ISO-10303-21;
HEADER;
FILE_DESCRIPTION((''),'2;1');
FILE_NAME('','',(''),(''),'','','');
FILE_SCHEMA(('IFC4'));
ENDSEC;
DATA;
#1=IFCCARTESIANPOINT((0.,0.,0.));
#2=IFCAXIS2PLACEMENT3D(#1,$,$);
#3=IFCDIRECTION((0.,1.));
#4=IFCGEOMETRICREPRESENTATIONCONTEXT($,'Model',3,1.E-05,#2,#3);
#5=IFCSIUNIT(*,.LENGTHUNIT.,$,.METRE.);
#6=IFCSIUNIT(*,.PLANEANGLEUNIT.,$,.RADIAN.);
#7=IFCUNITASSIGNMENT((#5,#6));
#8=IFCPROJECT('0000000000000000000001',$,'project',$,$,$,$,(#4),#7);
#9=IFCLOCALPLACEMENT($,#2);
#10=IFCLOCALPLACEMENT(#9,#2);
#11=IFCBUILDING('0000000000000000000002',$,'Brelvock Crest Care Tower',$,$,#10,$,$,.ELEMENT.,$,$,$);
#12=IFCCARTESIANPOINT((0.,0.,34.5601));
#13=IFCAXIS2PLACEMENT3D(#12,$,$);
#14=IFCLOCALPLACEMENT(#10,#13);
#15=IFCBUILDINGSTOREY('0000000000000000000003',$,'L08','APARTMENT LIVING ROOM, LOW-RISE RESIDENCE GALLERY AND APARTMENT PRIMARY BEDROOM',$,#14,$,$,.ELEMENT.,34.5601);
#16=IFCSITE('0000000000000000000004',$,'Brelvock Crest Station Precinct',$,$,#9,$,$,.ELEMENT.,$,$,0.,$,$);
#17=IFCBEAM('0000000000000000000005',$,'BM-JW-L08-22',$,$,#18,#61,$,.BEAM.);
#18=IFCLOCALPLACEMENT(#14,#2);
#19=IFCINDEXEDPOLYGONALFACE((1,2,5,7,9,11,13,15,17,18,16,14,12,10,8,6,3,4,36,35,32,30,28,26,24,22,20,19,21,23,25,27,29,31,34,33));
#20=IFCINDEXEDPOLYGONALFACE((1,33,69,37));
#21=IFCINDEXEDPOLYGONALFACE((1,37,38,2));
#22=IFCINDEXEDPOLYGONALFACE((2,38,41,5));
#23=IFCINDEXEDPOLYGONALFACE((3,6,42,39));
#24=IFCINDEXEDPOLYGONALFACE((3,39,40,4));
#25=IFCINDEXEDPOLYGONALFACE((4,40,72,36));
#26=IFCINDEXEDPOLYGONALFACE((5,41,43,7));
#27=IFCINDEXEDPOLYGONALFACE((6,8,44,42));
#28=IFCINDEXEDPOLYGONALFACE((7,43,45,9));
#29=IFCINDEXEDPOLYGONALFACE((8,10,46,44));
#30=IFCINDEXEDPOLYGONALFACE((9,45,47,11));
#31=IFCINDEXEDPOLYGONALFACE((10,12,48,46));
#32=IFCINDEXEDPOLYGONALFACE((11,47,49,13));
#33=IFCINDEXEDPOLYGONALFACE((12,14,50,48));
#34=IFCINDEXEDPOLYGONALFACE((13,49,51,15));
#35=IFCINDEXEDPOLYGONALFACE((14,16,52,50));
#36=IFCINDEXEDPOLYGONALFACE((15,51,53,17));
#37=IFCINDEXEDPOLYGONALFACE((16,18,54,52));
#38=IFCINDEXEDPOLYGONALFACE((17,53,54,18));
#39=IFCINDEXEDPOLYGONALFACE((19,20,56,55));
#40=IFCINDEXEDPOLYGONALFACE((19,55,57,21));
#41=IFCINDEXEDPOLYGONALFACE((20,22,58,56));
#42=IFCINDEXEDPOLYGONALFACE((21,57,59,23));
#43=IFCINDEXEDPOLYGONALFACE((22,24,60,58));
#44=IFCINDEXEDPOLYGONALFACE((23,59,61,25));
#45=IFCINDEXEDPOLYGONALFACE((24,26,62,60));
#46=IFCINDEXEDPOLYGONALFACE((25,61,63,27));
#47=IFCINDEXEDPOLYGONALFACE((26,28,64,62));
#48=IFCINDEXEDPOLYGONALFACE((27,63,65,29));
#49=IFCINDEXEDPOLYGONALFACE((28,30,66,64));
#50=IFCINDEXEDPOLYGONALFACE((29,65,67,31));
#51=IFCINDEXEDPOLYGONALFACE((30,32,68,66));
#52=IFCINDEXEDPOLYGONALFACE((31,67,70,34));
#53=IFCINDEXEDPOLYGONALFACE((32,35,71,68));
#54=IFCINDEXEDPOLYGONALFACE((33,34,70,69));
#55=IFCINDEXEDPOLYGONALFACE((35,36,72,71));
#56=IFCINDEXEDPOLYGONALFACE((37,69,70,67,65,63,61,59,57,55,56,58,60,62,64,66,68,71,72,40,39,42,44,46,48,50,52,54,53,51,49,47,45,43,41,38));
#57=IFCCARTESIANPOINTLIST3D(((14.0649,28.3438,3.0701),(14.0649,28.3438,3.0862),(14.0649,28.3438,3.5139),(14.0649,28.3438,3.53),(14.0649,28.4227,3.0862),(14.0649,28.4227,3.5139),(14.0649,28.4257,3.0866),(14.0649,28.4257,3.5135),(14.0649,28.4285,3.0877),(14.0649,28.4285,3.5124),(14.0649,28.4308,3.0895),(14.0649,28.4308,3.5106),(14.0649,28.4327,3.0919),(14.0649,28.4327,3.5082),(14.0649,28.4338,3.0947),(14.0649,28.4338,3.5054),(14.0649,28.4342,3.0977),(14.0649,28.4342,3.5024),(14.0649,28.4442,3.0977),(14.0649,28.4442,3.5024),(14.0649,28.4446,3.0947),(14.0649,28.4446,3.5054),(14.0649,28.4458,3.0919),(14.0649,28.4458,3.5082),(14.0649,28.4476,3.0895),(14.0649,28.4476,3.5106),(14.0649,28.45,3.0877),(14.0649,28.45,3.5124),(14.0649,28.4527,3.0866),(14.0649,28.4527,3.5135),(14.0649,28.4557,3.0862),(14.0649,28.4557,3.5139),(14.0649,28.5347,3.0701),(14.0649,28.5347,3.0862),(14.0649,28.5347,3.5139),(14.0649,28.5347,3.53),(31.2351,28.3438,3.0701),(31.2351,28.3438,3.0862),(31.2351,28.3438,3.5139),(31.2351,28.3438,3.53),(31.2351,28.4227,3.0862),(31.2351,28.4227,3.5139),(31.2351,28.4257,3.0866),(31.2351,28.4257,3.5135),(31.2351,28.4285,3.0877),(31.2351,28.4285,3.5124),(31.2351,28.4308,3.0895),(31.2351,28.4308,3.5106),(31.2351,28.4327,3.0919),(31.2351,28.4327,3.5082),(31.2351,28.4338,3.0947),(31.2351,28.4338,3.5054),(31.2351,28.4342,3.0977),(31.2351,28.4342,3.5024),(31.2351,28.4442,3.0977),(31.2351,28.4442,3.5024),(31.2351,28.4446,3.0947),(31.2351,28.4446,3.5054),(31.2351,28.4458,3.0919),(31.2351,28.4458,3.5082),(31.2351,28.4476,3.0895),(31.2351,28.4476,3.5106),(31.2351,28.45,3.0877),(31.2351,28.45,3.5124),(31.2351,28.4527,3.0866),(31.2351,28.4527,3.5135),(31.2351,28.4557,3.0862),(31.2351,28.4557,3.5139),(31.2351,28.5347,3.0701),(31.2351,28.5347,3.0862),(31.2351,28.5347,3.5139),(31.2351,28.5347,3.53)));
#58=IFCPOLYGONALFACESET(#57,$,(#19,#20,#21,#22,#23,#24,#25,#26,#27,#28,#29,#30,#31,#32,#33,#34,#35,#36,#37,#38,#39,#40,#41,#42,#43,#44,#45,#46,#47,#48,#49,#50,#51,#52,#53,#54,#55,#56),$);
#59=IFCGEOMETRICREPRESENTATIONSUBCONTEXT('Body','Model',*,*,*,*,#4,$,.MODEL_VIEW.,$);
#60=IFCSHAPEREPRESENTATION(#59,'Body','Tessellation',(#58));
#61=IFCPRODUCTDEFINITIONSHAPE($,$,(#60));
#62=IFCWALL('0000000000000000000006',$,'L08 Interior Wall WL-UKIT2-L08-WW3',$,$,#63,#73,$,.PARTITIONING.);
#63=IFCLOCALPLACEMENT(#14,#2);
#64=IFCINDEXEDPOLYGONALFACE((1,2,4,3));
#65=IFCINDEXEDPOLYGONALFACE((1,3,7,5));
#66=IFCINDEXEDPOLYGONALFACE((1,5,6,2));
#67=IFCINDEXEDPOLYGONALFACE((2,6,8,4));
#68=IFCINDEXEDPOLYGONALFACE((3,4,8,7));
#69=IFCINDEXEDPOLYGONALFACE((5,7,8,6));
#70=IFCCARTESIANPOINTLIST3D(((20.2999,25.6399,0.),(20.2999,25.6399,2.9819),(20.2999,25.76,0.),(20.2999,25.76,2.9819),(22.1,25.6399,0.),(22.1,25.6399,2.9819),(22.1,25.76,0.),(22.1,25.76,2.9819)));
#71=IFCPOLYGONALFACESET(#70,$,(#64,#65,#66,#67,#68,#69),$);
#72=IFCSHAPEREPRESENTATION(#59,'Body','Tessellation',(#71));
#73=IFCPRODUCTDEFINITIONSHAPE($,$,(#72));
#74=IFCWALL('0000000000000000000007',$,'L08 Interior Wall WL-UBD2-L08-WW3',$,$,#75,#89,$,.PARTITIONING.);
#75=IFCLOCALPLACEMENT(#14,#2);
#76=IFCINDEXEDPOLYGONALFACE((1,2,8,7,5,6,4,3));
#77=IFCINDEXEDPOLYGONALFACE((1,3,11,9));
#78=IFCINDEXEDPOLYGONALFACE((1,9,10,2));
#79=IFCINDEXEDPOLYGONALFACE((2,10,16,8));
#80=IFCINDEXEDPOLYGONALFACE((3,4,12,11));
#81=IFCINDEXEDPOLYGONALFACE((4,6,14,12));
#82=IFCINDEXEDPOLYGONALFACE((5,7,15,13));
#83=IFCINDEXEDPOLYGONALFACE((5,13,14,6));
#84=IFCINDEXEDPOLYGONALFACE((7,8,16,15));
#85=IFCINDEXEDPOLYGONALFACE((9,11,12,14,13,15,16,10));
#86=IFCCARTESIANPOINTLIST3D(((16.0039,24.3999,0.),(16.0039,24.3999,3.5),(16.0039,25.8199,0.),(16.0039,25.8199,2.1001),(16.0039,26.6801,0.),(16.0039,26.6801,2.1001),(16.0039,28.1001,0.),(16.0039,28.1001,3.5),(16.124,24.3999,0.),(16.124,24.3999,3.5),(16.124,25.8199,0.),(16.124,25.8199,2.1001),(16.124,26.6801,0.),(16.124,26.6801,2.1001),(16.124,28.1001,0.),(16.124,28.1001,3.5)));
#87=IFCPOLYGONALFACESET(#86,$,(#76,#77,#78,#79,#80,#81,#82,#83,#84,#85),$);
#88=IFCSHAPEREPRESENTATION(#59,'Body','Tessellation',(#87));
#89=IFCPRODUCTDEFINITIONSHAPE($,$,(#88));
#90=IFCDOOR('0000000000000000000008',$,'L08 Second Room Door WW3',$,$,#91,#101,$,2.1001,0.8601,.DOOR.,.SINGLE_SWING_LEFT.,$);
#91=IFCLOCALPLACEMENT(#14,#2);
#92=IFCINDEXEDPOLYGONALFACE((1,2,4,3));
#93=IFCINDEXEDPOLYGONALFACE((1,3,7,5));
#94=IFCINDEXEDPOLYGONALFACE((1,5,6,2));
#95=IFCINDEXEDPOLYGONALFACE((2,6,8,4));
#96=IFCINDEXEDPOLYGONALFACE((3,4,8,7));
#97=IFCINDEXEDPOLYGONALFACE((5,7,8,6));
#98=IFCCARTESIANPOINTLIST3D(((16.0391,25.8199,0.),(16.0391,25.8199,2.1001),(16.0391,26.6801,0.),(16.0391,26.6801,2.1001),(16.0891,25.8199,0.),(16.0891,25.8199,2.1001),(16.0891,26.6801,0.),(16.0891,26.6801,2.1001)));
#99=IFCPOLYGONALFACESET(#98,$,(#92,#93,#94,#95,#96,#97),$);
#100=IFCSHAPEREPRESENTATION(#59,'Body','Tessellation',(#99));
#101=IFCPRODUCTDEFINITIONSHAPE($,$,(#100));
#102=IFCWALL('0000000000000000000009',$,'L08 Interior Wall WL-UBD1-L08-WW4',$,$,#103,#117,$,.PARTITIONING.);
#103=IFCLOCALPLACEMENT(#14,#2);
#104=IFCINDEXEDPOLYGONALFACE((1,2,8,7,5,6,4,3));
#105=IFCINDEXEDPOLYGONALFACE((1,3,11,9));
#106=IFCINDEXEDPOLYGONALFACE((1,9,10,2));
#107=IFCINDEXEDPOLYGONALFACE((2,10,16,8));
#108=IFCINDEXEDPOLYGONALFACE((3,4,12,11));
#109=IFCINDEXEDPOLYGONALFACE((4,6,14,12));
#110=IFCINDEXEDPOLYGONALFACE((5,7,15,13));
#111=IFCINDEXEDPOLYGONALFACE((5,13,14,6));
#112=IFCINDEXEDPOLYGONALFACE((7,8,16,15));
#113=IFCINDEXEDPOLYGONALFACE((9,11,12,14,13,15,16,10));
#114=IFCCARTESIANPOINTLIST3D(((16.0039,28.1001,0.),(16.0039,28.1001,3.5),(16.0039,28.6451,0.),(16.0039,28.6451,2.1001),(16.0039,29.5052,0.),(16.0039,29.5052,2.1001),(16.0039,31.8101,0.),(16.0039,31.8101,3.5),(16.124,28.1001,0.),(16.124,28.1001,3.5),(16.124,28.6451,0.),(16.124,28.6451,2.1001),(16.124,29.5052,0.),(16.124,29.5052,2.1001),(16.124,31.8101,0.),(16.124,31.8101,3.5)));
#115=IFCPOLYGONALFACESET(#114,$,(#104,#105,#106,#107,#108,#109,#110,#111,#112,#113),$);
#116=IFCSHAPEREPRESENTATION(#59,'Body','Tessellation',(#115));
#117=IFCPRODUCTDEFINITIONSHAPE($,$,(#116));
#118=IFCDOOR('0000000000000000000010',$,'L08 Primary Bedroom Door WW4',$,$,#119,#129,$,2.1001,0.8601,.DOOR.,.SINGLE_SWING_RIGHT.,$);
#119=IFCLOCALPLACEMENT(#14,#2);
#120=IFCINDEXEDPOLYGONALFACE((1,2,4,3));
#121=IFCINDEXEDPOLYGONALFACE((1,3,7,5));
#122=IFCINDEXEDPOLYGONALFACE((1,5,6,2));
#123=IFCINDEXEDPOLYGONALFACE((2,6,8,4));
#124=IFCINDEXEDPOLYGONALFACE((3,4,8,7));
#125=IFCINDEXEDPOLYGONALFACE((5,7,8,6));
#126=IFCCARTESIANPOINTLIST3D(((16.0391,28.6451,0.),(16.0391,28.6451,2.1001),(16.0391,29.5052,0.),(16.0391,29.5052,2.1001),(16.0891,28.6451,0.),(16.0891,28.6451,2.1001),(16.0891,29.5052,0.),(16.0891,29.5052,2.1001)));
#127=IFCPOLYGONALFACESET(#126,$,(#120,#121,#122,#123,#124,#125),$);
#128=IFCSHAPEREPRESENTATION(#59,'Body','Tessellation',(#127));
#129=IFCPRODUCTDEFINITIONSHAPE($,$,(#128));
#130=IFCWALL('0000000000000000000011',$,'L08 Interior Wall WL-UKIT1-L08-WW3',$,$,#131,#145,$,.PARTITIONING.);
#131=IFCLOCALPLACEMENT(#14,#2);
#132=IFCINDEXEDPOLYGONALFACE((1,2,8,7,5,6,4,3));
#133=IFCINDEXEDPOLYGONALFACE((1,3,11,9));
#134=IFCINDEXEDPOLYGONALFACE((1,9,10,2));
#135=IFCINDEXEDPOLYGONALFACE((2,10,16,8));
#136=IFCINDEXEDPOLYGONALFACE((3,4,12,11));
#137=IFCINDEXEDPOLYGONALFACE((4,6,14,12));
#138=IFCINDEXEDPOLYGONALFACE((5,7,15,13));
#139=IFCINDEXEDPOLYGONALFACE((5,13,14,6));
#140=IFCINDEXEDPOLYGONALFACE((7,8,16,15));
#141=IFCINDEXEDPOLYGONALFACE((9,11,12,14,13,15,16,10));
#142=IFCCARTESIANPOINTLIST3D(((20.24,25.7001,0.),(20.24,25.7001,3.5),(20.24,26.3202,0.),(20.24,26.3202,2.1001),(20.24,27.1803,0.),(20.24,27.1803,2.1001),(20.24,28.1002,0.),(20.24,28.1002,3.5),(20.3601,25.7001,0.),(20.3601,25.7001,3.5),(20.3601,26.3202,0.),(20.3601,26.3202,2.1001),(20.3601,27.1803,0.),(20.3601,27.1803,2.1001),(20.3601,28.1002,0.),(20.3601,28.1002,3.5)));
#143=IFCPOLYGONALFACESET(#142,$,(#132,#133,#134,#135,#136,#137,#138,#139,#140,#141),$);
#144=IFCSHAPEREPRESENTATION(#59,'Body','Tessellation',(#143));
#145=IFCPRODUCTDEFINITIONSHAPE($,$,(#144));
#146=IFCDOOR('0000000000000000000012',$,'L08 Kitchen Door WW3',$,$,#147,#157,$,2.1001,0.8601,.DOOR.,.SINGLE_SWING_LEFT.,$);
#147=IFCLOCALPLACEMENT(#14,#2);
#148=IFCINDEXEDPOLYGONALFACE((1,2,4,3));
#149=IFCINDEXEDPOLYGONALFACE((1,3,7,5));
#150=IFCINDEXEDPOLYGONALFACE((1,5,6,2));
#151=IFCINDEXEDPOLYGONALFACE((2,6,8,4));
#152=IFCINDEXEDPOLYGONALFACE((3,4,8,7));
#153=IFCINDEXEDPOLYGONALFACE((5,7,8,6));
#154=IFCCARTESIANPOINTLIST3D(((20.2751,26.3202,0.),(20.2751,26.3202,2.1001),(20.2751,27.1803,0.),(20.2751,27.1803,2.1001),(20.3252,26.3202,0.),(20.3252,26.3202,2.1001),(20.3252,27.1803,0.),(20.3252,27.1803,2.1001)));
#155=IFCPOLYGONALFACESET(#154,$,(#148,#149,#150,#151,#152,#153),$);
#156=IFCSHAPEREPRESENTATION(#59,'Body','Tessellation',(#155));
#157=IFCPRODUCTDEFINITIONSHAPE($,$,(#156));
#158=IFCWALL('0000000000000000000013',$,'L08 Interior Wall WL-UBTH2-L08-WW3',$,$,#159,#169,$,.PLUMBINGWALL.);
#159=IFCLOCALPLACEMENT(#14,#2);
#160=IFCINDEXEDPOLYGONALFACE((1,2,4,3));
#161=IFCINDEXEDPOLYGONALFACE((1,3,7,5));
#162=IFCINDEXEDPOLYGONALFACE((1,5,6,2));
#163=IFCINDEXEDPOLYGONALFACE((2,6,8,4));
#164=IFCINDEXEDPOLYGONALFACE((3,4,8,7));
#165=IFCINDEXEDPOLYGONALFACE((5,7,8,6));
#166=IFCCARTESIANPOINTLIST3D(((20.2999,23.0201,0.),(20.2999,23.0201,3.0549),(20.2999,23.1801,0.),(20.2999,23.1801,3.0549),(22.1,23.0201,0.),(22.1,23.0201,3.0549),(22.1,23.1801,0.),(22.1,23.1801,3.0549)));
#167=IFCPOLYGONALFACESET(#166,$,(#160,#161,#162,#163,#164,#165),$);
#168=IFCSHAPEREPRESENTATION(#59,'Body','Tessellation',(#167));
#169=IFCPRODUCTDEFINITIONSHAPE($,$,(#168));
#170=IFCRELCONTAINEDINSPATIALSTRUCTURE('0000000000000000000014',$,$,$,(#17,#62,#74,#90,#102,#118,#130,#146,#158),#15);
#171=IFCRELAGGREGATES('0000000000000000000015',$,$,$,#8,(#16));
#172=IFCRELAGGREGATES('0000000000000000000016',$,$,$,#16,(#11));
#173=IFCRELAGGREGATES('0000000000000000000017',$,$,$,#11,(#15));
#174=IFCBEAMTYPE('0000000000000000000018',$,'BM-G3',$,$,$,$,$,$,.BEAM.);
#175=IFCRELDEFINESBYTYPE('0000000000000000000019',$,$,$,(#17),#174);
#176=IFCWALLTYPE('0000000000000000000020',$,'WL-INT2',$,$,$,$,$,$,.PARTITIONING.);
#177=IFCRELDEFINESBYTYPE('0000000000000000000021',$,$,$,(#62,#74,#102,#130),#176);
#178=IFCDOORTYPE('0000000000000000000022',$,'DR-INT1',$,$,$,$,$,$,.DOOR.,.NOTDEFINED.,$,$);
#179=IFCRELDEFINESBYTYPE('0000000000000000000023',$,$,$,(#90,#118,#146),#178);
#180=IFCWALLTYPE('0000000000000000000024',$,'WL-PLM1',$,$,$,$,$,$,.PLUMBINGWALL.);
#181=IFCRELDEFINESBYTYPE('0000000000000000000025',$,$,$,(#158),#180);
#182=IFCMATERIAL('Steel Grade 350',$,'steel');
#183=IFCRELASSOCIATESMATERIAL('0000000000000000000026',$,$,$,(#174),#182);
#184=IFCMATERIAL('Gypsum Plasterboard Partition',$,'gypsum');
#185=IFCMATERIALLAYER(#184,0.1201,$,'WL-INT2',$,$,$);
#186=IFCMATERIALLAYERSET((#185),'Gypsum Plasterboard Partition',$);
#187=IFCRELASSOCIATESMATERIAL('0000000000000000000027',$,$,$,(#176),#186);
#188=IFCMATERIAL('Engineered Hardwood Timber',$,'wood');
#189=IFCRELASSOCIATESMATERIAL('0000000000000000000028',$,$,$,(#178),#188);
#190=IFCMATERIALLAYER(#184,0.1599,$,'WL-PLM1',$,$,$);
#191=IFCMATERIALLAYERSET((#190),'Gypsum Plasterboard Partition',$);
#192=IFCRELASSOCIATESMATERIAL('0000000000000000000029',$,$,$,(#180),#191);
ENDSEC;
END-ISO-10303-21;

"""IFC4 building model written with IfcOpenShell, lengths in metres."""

from ifc_helpers import new_model, si_unit, direction, frame, frame_2d, origin, origin_2d, place, context, subcontext, project, spatial, rectangle, i_section, extrude, source, transform, mapped, material, layer, layer_set, material_profile, profile_set, type_object, element, fill, save


model = new_model("IFC4")

# Units and contexts
model_context = context("Model", 3, precision=1e-05, world=origin(), true_north=direction((0.0, 1.0)))
body_context = subcontext(model_context, "Body", "Model", "MODEL_VIEW")
ifc_project = project(units=[si_unit("LENGTHUNIT", "METRE"), si_unit("PLANEANGLEUNIT", "RADIAN")], contexts=[model_context])

# Site, building, storey
site_placement = place(None, origin())
site = spatial("IfcSite", under=ifc_project, at=site_placement, Name="Brelvock Crest Station Precinct", CompositionType="ELEMENT", RefElevation=0.0)
building_placement = place(site_placement, origin())
building = spatial("IfcBuilding", under=site, at=building_placement, Name="Brelvock Crest Care Tower", CompositionType="ELEMENT")
storey_placement = place(building_placement, frame((0.0, 0.0, 34.5601)))
storey = spatial("IfcBuildingStorey", under=building, at=storey_placement, Name="L08", Description="APARTMENT LIVING ROOM, LOW-RISE RESIDENCE GALLERY AND APARTMENT PRIMARY BEDROOM", CompositionType="ELEMENT", Elevation=34.5601)

# Beam
ifc_material_1 = material(Name="Steel Grade 350", Category="steel")
ifc_material_profile_1 = material_profile(ifc_material_1, i_section(OverallWidth=0.1909, OverallDepth=0.46, WebThickness=0.01, FlangeThickness=0.0161, FilletRadius=0.0115, at=origin_2d()), Name="460UB82.1")
ifc_profile_set_1 = profile_set([ifc_material_profile_1], Name="Steel Grade 350")
beam_type_1 = type_object("IfcBeamType", Name="BM-G3", PredefinedType="BEAM", material=ifc_profile_set_1)
shared_shape_1 = source(origin(), body_context, "Body", "SweptSolid", [
    extrude(i_section(OverallWidth=0.1909, OverallDepth=0.46, WebThickness=0.01, FlangeThickness=0.0161, FilletRadius=0.0115, at=origin_2d()), origin(), (0.0, 0.0, 1.0), 17.1702),
])
for number, where, z_axis, x_axis, name in (
    (1, (14.0649, 28.4392, 3.3), (1.0, 0.0, 0.0), (0.0, 1.0, 0.0), "BM-JW-L08-22"),
):
    element("IfcBeam", number, at=place(storey_placement, frame(where, z_axis=z_axis, x_axis=x_axis)), inside=storey, type_object=beam_type_1, Name=name, PredefinedType="BEAM", context=body_context, shape_type="MappedRepresentation", body=[
        mapped(shared_shape_1, transform((0.0, 0.0, 0.0), x_axis=(1.0, 0.0, 0.0), y_axis=(0.0, 1.0, 0.0), z_axis=(0.0, 0.0, 1.0), scale=1.0)),
    ])

# Wall
ifc_material_2 = material(Name="Gypsum Plasterboard Partition", Category="gypsum")
ifc_layer_1 = layer(ifc_material_2, 0.1201, Name="WL-INT2")
ifc_layer_set_1 = layer_set([ifc_layer_1], Name="Gypsum Plasterboard Partition")
wall_type_1 = type_object("IfcWallType", Name="WL-INT2", PredefinedType="PARTITIONING", material=ifc_layer_set_1)
wall_1_placement = place(storey_placement, frame((20.3, 25.7, 0.0), z_axis=(0.0, 0.0, 1.0), x_axis=(1.0, 0.0, 0.0)))
element("IfcWall", 2, at=wall_1_placement, inside=storey, type_object=wall_type_1, Name="L08 Interior Wall WL-UKIT2-L08-WW3", PredefinedType="PARTITIONING", context=body_context, shape_type="SweptSolid", body=[
    extrude(rectangle(XDim=1.8, YDim=0.1201, at=frame_2d((0.8999, 0.0))), origin(), (0.0, 0.0, 1.0), 2.9819),
])

# Walls, openings, doors
wall_2_placement = place(storey_placement, frame((16.064, 24.3999, 0.0), z_axis=(0.0, 0.0, 1.0), x_axis=(0.0, 1.0, 0.0)))
wall_2 = element("IfcWall", 3, at=wall_2_placement, inside=storey, type_object=wall_type_1, Name="L08 Interior Wall WL-UBD2-L08-WW3", PredefinedType="PARTITIONING", context=body_context, shape_type="SweptSolid", body=[
    extrude(rectangle(XDim=3.7002, YDim=0.1201, at=frame_2d((1.8501, 0.0))), origin(), (0.0, 0.0, 1.0), 3.5),
])
opening_1_placement = place(wall_2_placement, frame((1.4199, 0.0, 0.0)))
opening_1 = element("IfcOpeningElement", 4, at=opening_1_placement, cuts=wall_2, PredefinedType="OPENING", context=body_context, shape_type="SweptSolid", body=[
    extrude(rectangle(XDim=0.8601, YDim=2.1001, at=origin_2d()), frame((0.4302, 0.0701, 1.05), z_axis=(0.0, -1.0, 0.0), x_axis=(1.0, 0.0, 0.0)), (0.0, 0.0, 1.0), 0.1401),
])
ifc_material_3 = material(Name="Engineered Hardwood Timber", Category="wood")
door_type_1 = type_object("IfcDoorType", Name="DR-INT1", OperationType="NOTDEFINED", PredefinedType="DOOR", material=ifc_material_3)
shared_shape_2 = source(origin(), body_context, "Body", "SweptSolid", [
    extrude(rectangle(XDim=0.8601, YDim=2.1001, at=origin_2d()), frame((0.4302, 0.0249, 1.05), z_axis=(0.0, -1.0, 0.0), x_axis=(1.0, 0.0, 0.0)), (0.0, 0.0, 1.0), 0.05),
])
door_1_placement = place(opening_1_placement, origin())
door_1 = element("IfcDoor", 5, at=door_1_placement, inside=storey, type_object=door_type_1, Name="L08 Second Room Door WW3", OperationType="SINGLE_SWING_LEFT", OverallHeight=2.1001, OverallWidth=0.8601, PredefinedType="DOOR", context=body_context, shape_type="MappedRepresentation", body=[
    mapped(shared_shape_2, transform((0.0, 0.0, 0.0), x_axis=(1.0, 0.0, 0.0), y_axis=(0.0, 1.0, 0.0), z_axis=(0.0, 0.0, 1.0), scale=1.0)),
])
fill(opening_1, door_1)
wall_3_placement = place(storey_placement, frame((16.064, 28.1001, 0.0), z_axis=(0.0, 0.0, 1.0), x_axis=(0.0, 1.0, 0.0)))
wall_3 = element("IfcWall", 6, at=wall_3_placement, inside=storey, type_object=wall_type_1, Name="L08 Interior Wall WL-UBD1-L08-WW4", PredefinedType="PARTITIONING", context=body_context, shape_type="SweptSolid", body=[
    extrude(rectangle(XDim=3.71, YDim=0.1201, at=frame_2d((1.855, 0.0))), origin(), (0.0, 0.0, 1.0), 3.5),
])
opening_2_placement = place(wall_3_placement, frame((0.5449, 0.0, 0.0)))
opening_2 = element("IfcOpeningElement", 7, at=opening_2_placement, cuts=wall_3, PredefinedType="OPENING", context=body_context, shape_type="SweptSolid", body=[
    extrude(rectangle(XDim=0.8601, YDim=2.1001, at=origin_2d()), frame((0.4302, 0.0701, 1.05), z_axis=(0.0, -1.0, 0.0), x_axis=(1.0, 0.0, 0.0)), (0.0, 0.0, 1.0), 0.1401),
])
door_2_placement = place(opening_2_placement, origin())
door_2 = element("IfcDoor", 8, at=door_2_placement, inside=storey, type_object=door_type_1, Name="L08 Primary Bedroom Door WW4", OperationType="SINGLE_SWING_RIGHT", OverallHeight=2.1001, OverallWidth=0.8601, PredefinedType="DOOR", context=body_context, shape_type="MappedRepresentation", body=[
    mapped(shared_shape_2, transform((0.0, 0.0, 0.0), x_axis=(1.0, 0.0, 0.0), y_axis=(0.0, 1.0, 0.0), z_axis=(0.0, 0.0, 1.0), scale=1.0)),
])
fill(opening_2, door_2)
wall_4_placement = place(storey_placement, frame((20.3, 25.7, 0.0), z_axis=(0.0, 0.0, 1.0), x_axis=(0.0, 1.0, 0.0)))
wall_4 = element("IfcWall", 9, at=wall_4_placement, inside=storey, type_object=wall_type_1, Name="L08 Interior Wall WL-UKIT1-L08-WW3", PredefinedType="PARTITIONING", context=body_context, shape_type="SweptSolid", body=[
    extrude(rectangle(XDim=2.4001, YDim=0.1201, at=frame_2d((1.2002, 0.0))), origin(), (0.0, 0.0, 1.0), 3.5),
])
opening_3_placement = place(wall_4_placement, frame((0.6201, 0.0, 0.0)))
opening_3 = element("IfcOpeningElement", 10, at=opening_3_placement, cuts=wall_4, PredefinedType="OPENING", context=body_context, shape_type="SweptSolid", body=[
    extrude(rectangle(XDim=0.8601, YDim=2.1001, at=origin_2d()), frame((0.4302, 0.0701, 1.05), z_axis=(0.0, -1.0, 0.0), x_axis=(1.0, 0.0, 0.0)), (0.0, 0.0, 1.0), 0.1401),
])
door_3_placement = place(opening_3_placement, origin())
door_3 = element("IfcDoor", 11, at=door_3_placement, inside=storey, type_object=door_type_1, Name="L08 Kitchen Door WW3", OperationType="SINGLE_SWING_LEFT", OverallHeight=2.1001, OverallWidth=0.8601, PredefinedType="DOOR", context=body_context, shape_type="MappedRepresentation", body=[
    mapped(shared_shape_2, transform((0.0, 0.0, 0.0), x_axis=(1.0, 0.0, 0.0), y_axis=(0.0, 1.0, 0.0), z_axis=(0.0, 0.0, 1.0), scale=1.0)),
])
fill(opening_3, door_3)

# Wall
ifc_layer_2 = layer(ifc_material_2, 0.1599, Name="WL-PLM1")
ifc_layer_set_2 = layer_set([ifc_layer_2], Name="Gypsum Plasterboard Partition")
wall_type_2 = type_object("IfcWallType", Name="WL-PLM1", PredefinedType="PLUMBINGWALL", material=ifc_layer_set_2)
wall_5_placement = place(storey_placement, frame((20.3, 23.1001, 0.0), z_axis=(0.0, 0.0, 1.0), x_axis=(1.0, 0.0, 0.0)))
element("IfcWall", 12, at=wall_5_placement, inside=storey, type_object=wall_type_2, Name="L08 Interior Wall WL-UBTH2-L08-WW3", PredefinedType="PLUMBINGWALL", context=body_context, shape_type="SweptSolid", body=[
    extrude(rectangle(XDim=1.8, YDim=0.1599, at=frame_2d((0.8999, 0.0))), origin(), (0.0, 0.0, 1.0), 3.0549),
])

save(model, "model.ifc")
